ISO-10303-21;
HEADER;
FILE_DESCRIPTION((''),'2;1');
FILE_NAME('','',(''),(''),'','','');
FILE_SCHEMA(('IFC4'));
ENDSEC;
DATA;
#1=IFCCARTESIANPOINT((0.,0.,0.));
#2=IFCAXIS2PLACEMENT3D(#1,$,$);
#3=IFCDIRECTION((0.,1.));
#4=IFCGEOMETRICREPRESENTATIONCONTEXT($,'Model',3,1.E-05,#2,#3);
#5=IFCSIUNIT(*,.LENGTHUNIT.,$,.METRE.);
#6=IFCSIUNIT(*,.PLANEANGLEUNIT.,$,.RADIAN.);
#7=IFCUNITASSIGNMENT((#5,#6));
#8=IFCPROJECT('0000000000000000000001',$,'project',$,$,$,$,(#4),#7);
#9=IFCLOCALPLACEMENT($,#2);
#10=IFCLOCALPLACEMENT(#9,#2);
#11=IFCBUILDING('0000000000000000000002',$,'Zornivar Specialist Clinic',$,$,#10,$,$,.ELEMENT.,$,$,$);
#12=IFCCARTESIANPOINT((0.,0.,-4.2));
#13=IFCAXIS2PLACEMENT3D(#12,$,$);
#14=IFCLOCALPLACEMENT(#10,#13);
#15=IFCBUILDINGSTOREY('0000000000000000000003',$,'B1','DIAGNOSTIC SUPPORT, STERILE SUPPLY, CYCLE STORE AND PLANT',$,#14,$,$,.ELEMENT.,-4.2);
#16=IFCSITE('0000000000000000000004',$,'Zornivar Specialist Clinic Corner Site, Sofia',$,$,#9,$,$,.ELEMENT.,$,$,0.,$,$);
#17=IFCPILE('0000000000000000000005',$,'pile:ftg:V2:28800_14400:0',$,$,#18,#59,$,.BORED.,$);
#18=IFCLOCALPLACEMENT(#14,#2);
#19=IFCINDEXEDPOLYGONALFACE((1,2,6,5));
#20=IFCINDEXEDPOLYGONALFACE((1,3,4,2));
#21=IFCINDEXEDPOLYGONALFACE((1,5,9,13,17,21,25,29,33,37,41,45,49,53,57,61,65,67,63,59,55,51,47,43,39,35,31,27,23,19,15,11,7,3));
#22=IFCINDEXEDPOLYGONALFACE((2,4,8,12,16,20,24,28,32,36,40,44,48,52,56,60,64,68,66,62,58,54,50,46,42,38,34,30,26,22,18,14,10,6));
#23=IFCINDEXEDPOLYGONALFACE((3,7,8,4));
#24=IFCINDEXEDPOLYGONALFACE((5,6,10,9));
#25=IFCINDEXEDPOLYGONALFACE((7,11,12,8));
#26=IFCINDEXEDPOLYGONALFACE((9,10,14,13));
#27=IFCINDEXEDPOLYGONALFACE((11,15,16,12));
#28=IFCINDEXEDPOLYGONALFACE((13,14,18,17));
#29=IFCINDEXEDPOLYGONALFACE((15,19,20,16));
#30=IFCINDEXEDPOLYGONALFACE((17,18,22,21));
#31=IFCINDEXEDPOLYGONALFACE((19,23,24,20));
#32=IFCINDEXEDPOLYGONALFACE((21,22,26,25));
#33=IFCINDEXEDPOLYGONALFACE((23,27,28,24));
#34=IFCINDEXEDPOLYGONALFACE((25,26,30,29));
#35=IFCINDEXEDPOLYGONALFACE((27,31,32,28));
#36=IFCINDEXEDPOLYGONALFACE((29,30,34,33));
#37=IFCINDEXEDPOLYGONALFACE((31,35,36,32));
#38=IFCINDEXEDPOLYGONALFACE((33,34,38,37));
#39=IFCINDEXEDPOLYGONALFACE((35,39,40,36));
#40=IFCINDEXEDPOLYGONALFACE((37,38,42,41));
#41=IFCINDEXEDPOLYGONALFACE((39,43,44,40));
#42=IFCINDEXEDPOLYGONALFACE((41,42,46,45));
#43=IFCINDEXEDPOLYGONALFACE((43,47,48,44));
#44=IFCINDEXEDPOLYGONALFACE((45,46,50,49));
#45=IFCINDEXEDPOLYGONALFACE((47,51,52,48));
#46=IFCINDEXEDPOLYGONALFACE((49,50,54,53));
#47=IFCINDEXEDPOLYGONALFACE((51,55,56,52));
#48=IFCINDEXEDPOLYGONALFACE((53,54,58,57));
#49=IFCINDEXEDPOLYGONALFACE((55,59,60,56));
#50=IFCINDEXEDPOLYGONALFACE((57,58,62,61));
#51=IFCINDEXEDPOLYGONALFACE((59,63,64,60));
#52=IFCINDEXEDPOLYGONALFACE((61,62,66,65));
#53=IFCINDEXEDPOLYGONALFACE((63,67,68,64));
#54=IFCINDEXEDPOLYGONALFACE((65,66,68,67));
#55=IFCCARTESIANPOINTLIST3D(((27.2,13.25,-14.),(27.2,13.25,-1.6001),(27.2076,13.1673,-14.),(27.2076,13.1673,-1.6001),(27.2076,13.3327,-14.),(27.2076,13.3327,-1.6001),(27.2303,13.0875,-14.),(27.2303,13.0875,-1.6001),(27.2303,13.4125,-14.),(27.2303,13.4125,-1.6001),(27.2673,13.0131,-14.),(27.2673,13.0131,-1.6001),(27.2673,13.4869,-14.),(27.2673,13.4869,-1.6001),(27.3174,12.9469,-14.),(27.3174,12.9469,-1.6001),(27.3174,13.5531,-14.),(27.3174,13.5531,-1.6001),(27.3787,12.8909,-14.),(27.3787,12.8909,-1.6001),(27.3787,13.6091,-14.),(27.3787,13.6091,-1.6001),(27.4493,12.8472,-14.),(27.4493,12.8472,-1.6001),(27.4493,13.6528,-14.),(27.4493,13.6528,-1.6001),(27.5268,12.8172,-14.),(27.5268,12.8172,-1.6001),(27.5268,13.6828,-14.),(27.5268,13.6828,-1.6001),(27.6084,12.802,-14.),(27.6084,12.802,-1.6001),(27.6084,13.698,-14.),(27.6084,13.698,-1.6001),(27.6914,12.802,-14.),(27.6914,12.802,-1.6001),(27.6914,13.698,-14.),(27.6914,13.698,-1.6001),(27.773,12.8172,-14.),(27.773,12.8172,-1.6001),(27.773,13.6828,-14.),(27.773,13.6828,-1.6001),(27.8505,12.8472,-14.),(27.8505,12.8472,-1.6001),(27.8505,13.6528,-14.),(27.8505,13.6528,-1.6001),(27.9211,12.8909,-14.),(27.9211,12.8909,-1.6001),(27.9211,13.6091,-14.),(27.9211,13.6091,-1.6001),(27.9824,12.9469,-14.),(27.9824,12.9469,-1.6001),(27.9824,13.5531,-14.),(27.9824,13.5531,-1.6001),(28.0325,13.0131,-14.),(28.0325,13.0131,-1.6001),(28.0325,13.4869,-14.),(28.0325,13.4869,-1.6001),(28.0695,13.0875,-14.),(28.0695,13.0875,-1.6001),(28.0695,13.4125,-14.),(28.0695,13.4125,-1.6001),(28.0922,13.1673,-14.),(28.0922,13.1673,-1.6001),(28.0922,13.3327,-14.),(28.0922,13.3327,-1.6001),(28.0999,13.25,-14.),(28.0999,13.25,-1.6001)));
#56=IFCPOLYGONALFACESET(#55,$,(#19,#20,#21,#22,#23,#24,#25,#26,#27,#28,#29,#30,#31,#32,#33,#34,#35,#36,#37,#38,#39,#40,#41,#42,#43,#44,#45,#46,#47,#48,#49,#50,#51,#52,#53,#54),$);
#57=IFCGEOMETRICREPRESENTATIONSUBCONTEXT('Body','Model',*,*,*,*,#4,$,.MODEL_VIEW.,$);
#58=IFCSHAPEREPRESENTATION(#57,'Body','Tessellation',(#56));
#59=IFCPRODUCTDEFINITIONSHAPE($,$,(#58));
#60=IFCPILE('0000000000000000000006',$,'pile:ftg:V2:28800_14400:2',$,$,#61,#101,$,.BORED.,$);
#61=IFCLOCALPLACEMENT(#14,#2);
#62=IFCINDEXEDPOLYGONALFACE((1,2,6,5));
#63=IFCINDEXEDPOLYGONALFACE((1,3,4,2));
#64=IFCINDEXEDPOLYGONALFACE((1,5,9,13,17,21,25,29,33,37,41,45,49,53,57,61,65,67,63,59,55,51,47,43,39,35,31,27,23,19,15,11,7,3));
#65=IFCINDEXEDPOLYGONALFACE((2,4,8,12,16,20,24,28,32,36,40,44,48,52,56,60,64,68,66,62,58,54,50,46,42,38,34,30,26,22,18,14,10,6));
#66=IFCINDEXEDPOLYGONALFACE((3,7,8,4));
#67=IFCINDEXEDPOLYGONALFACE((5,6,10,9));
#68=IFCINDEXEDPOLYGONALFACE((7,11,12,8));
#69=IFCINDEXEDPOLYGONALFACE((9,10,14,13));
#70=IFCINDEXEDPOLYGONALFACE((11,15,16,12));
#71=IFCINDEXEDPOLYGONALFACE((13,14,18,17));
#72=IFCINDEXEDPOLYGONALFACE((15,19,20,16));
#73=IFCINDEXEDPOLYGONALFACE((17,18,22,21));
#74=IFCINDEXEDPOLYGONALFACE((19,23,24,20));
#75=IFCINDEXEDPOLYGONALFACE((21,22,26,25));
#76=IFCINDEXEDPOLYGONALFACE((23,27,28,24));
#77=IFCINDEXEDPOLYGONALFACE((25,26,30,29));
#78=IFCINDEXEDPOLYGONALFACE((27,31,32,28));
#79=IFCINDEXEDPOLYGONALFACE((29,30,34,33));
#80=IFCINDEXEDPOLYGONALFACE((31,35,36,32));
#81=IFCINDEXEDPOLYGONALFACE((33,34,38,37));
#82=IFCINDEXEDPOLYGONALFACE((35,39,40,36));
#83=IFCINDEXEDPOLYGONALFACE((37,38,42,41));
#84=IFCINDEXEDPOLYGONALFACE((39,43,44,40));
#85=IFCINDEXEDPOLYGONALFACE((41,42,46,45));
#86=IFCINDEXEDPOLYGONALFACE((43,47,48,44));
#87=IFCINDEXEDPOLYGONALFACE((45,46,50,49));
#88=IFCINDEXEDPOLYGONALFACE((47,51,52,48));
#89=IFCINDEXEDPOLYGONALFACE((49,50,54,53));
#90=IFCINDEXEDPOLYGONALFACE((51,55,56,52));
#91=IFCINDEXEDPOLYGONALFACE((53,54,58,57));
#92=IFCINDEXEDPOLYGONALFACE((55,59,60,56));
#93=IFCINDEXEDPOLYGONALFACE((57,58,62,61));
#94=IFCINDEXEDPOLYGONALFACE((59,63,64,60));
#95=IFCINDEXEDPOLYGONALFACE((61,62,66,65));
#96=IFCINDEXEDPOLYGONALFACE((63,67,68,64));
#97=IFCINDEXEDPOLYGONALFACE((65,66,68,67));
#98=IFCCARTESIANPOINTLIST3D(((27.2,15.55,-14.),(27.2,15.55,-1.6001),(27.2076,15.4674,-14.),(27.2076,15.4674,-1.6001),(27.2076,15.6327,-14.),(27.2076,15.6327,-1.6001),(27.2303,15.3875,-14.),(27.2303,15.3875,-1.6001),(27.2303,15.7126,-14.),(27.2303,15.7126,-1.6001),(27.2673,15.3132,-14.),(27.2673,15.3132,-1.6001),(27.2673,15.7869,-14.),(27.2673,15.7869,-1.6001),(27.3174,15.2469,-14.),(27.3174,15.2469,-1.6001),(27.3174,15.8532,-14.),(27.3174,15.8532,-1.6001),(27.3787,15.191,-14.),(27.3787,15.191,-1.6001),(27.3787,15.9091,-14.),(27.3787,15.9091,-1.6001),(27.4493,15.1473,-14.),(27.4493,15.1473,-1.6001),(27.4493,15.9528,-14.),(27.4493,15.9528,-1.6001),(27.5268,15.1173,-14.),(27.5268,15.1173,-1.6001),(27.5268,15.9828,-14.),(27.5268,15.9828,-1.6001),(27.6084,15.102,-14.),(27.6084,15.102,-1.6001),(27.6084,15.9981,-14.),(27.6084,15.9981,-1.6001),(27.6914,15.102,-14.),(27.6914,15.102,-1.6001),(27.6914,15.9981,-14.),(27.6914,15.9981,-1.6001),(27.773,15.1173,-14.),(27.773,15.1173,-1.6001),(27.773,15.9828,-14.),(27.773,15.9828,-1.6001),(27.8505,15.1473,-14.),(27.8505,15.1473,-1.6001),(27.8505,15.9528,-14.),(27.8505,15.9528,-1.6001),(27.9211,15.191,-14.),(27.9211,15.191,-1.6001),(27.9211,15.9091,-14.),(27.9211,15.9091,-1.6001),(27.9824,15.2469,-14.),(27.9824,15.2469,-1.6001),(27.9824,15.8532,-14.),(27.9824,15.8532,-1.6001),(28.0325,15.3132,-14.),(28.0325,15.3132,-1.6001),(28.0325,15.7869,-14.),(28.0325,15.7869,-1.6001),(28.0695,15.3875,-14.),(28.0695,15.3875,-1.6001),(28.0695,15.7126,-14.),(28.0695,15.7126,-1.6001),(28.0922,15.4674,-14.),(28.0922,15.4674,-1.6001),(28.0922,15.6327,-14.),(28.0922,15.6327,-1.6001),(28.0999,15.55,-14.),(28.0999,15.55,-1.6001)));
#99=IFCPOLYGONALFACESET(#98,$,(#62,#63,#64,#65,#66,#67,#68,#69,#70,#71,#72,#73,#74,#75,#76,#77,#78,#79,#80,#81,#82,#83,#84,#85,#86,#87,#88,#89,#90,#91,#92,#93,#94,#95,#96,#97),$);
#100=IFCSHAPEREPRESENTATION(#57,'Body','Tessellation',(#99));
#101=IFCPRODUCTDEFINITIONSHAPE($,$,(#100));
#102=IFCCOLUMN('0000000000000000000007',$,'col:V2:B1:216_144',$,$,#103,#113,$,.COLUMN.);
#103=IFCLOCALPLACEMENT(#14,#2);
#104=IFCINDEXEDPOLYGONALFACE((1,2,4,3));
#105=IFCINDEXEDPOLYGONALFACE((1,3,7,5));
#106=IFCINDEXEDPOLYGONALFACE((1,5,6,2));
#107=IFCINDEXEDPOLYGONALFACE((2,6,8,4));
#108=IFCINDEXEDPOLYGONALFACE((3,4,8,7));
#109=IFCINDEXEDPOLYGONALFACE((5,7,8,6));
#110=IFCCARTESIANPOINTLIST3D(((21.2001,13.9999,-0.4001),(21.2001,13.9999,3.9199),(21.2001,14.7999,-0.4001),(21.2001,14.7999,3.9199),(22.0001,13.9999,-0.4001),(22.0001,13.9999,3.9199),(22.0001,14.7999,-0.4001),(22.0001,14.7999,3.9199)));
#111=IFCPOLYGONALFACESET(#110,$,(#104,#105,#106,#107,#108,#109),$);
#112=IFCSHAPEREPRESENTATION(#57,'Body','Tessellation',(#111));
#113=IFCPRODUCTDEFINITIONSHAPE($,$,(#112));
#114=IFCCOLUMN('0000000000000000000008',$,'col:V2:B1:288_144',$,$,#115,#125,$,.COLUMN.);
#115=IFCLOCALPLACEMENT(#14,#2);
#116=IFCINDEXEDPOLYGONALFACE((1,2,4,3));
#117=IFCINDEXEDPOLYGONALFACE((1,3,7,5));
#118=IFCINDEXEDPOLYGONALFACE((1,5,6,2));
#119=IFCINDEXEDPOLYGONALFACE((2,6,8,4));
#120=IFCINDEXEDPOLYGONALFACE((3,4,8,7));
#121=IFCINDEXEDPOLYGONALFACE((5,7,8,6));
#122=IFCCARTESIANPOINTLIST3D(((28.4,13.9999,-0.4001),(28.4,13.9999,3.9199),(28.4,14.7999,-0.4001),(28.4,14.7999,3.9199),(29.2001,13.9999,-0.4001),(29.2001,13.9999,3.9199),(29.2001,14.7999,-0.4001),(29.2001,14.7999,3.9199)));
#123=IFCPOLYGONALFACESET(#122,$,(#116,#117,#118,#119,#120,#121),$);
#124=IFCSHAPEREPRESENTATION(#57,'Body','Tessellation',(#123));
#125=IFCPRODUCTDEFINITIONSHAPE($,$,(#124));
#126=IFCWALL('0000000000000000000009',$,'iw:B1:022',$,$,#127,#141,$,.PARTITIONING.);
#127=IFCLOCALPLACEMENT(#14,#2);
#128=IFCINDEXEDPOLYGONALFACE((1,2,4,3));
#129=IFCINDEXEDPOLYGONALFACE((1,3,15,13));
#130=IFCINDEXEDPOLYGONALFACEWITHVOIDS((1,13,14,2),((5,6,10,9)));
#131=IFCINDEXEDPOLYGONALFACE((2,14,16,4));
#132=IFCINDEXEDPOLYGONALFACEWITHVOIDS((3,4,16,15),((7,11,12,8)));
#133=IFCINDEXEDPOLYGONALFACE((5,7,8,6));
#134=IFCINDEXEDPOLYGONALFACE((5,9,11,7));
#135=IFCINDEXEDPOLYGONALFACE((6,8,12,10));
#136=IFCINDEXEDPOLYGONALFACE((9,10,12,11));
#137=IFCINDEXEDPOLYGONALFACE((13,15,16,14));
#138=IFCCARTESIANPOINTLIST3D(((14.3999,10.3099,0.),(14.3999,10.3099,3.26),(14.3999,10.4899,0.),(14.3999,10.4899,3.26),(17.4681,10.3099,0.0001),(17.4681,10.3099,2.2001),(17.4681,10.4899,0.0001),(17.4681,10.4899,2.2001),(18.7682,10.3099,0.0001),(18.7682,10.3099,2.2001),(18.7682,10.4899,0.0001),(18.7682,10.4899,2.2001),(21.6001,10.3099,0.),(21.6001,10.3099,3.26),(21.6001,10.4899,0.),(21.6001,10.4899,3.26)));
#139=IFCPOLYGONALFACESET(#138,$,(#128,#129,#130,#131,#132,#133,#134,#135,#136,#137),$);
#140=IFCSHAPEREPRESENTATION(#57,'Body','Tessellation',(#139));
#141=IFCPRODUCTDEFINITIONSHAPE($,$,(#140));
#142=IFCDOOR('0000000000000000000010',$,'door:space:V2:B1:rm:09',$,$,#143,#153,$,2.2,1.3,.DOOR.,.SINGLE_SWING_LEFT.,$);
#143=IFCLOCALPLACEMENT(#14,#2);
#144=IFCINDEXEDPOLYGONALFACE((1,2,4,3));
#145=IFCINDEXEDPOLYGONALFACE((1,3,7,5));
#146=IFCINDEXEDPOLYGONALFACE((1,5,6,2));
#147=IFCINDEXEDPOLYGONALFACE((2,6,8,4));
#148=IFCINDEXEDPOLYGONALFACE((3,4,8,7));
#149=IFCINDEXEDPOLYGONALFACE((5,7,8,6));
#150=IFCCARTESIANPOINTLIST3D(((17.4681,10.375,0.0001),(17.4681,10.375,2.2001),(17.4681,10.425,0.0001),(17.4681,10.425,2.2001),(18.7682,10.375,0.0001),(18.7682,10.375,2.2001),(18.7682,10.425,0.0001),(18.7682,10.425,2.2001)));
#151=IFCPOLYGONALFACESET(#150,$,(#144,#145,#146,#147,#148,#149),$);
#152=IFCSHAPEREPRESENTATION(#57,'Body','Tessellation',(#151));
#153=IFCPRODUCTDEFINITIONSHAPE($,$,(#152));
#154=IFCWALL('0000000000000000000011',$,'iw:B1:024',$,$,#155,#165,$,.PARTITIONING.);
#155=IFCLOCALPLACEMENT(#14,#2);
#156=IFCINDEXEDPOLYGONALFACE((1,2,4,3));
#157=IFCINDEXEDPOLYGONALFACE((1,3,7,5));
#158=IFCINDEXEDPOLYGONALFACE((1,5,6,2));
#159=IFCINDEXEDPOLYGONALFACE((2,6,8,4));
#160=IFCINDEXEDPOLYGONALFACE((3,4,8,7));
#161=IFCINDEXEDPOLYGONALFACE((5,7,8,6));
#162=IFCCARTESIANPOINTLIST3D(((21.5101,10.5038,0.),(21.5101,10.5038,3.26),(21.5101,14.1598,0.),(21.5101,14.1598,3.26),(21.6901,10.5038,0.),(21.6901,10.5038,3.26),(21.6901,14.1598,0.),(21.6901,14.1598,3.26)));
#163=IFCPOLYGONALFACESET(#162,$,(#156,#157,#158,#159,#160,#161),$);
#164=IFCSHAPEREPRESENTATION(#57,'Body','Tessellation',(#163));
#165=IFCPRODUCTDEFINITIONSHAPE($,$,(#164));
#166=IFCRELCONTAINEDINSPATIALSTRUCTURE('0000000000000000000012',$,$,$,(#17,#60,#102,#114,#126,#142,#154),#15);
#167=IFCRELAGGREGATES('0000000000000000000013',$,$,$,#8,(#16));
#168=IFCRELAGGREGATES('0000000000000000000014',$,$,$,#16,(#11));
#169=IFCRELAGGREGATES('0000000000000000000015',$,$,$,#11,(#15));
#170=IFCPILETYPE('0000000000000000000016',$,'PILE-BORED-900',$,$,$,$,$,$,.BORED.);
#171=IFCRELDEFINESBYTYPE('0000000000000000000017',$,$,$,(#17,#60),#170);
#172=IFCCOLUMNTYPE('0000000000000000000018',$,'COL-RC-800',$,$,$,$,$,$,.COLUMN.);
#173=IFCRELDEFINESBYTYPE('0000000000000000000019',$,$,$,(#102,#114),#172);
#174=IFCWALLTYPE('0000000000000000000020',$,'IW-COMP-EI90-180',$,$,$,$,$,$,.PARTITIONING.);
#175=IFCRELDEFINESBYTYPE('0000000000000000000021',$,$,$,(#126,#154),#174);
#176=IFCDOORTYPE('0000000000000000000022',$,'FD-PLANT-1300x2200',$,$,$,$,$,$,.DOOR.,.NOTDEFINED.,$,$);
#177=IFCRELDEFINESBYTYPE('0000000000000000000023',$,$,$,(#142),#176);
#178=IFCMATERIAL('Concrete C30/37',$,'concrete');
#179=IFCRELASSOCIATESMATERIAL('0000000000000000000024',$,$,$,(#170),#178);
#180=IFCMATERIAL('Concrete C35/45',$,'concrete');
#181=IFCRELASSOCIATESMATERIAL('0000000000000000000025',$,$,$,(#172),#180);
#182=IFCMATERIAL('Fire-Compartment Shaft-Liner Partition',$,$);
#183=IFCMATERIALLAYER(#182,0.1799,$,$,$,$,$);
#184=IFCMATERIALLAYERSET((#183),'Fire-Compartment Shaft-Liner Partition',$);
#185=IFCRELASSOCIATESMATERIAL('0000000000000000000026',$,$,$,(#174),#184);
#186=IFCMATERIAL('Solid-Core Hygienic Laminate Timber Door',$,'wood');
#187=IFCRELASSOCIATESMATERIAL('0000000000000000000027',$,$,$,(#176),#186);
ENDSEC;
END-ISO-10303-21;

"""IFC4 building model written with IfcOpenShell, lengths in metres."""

from ifc_helpers import new_model, si_unit, direction, frame, frame_2d, origin, origin_2d, place, context, subcontext, project, spatial, rectangle, circle, extrude, material, layer, layer_set, material_profile, profile_set, type_object, element, fill, save


model = new_model("IFC4")

# Units and contexts
model_context = context("Model", 3, precision=1e-05, world=origin(), true_north=direction((0.0, 1.0)))
body_context = subcontext(model_context, "Body", "Model", "MODEL_VIEW")
ifc_project = project(units=[si_unit("LENGTHUNIT", "METRE"), si_unit("PLANEANGLEUNIT", "RADIAN")], contexts=[model_context])

# Site, building, storey
site_placement = place(None, origin())
site = spatial("IfcSite", under=ifc_project, at=site_placement, Name="Zornivar Specialist Clinic Corner Site, Sofia", CompositionType="ELEMENT", RefElevation=0.0)
building_placement = place(site_placement, origin())
building = spatial("IfcBuilding", under=site, at=building_placement, Name="Zornivar Specialist Clinic", CompositionType="ELEMENT")
storey_placement = place(building_placement, frame((0.0, 0.0, -4.2)))
storey = spatial("IfcBuildingStorey", under=building, at=storey_placement, Name="B1", Description="DIAGNOSTIC SUPPORT, STERILE SUPPLY, CYCLE STORE AND PLANT", CompositionType="ELEMENT", Elevation=-4.2)

# Piles
ifc_material_1 = material(Name="Concrete C30/37", Category="concrete")
ifc_material_profile_1 = material_profile(ifc_material_1, circle(Radius=0.45, at=origin_2d()), Name="PILE D900")
ifc_profile_set_1 = profile_set([ifc_material_profile_1], Name="Concrete C30/37")
pile_type = type_object("IfcPileType", Name="PILE-BORED-900", PredefinedType="BORED", material=ifc_profile_set_1)
for number, where, z_axis, x_axis, name in (
    (1, (27.6499, 13.25, -1.6001), (0.0, 0.0, -1.0), (1.0, 0.0, 0.0), "pile:ftg:V2:28800_14400:0"),
    (2, (27.6499, 15.55, -1.6001), (0.0, 0.0, -1.0), (1.0, 0.0, 0.0), "pile:ftg:V2:28800_14400:2"),
):
    element("IfcPile", number, at=place(storey_placement, frame(where, z_axis=z_axis, x_axis=x_axis)), inside=storey, type_object=pile_type, Name=name, PredefinedType="BORED", context=body_context, shape_type="SweptSolid", body=[
        extrude(circle(Radius=0.45, at=origin_2d()), origin(), (0.0, 0.0, 1.0), 12.3999),
    ])

# Columns
ifc_material_2 = material(Name="Concrete C35/45", Category="concrete")
ifc_material_profile_2 = material_profile(ifc_material_2, rectangle(XDim=0.8, YDim=0.8, at=origin_2d()), Name="RC 800x800")
ifc_profile_set_2 = profile_set([ifc_material_profile_2], Name="Concrete C35/45")
column_type = type_object("IfcColumnType", Name="COL-RC-800", PredefinedType="COLUMN", material=ifc_profile_set_2)
for number, where, z_axis, x_axis, name in (
    (3, (21.6001, 14.3999, -0.4001), (0.0, 0.0, 1.0), (1.0, 0.0, 0.0), "col:V2:B1:216_144"),
    (4, (28.8, 14.3999, -0.4001), (0.0, 0.0, 1.0), (1.0, 0.0, 0.0), "col:V2:B1:288_144"),
):
    element("IfcColumn", number, at=place(storey_placement, frame(where, z_axis=z_axis, x_axis=x_axis)), inside=storey, type_object=column_type, Name=name, PredefinedType="COLUMN", context=body_context, shape_type="SweptSolid", body=[
        extrude(rectangle(XDim=0.8, YDim=0.8, at=origin_2d()), origin(), (0.0, 0.0, 1.0), 4.3201),
    ])

# Wall, opening, door
ifc_material_3 = material(Name="Fire-Compartment Shaft-Liner Partition")
ifc_layer_1 = layer(ifc_material_3, 0.1799)
ifc_layer_set_1 = layer_set([ifc_layer_1], Name="Fire-Compartment Shaft-Liner Partition")
wall_type_1 = type_object("IfcWallType", Name="IW-COMP-EI90-180", PredefinedType="PARTITIONING", material=ifc_layer_set_1)
wall_1_placement = place(storey_placement, frame((21.6001, 10.3999, 0.0), z_axis=(0.0, 0.0, 1.0), x_axis=(-1.0, 0.0, 0.0)))
wall_1 = element("IfcWall", 5, at=wall_1_placement, inside=storey, type_object=wall_type_1, Name="iw:B1:022", PredefinedType="PARTITIONING", context=body_context, shape_type="SweptSolid", body=[
    extrude(rectangle(XDim=7.2002, YDim=0.1799, at=frame_2d((3.6001, 0.0))), origin(), (0.0, 0.0, 1.0), 3.26),
])
opening_1_placement = place(wall_1_placement, frame((2.832, 0.0, 0.0)))
opening_1 = element("IfcOpeningElement", 6, at=opening_1_placement, cuts=wall_1, PredefinedType="OPENING", context=body_context, shape_type="SweptSolid", body=[
    extrude(rectangle(XDim=1.3, YDim=2.2, at=frame_2d((0.6499, 1.1001))), frame((0.0, 0.0999, 0.0), z_axis=(0.0, -1.0, 0.0), x_axis=(1.0, 0.0, 0.0)), (0.0, 0.0, 1.0), 0.2),
])
ifc_material_4 = material(Name="Solid-Core Hygienic Laminate Timber Door", Category="wood")
door_type_1 = type_object("IfcDoorType", Name="FD-PLANT-1300x2200", OperationType="NOTDEFINED", PredefinedType="DOOR", material=ifc_material_4)
door_1_placement = place(opening_1_placement, origin())
door_1 = element("IfcDoor", 7, at=door_1_placement, inside=storey, type_object=door_type_1, Name="door:space:V2:B1:rm:09", OperationType="SINGLE_SWING_LEFT", OverallHeight=2.2, OverallWidth=1.3, PredefinedType="DOOR", context=body_context, shape_type="SweptSolid", body=[
    extrude(rectangle(XDim=1.3, YDim=2.2, at=frame_2d((0.6499, 1.1001))), frame((0.0, 0.0249, 0.0), z_axis=(0.0, -1.0, 0.0), x_axis=(1.0, 0.0, 0.0)), (0.0, 0.0, 1.0), 0.05),
])
fill(opening_1, door_1)

# Wall
wall_2_placement = place(storey_placement, frame((21.6001, 14.1599, 0.0), z_axis=(0.0, 0.0, 1.0), x_axis=(0.0, -1.0, 0.0)))
element("IfcWall", 8, at=wall_2_placement, inside=storey, type_object=wall_type_1, Name="iw:B1:024", PredefinedType="PARTITIONING", context=body_context, shape_type="SweptSolid", body=[
    extrude(rectangle(XDim=3.656, YDim=0.1799, at=frame_2d((1.8281, 0.0))), origin(), (0.0, 0.0, 1.0), 3.26),
])

save(model, "model.ifc")
